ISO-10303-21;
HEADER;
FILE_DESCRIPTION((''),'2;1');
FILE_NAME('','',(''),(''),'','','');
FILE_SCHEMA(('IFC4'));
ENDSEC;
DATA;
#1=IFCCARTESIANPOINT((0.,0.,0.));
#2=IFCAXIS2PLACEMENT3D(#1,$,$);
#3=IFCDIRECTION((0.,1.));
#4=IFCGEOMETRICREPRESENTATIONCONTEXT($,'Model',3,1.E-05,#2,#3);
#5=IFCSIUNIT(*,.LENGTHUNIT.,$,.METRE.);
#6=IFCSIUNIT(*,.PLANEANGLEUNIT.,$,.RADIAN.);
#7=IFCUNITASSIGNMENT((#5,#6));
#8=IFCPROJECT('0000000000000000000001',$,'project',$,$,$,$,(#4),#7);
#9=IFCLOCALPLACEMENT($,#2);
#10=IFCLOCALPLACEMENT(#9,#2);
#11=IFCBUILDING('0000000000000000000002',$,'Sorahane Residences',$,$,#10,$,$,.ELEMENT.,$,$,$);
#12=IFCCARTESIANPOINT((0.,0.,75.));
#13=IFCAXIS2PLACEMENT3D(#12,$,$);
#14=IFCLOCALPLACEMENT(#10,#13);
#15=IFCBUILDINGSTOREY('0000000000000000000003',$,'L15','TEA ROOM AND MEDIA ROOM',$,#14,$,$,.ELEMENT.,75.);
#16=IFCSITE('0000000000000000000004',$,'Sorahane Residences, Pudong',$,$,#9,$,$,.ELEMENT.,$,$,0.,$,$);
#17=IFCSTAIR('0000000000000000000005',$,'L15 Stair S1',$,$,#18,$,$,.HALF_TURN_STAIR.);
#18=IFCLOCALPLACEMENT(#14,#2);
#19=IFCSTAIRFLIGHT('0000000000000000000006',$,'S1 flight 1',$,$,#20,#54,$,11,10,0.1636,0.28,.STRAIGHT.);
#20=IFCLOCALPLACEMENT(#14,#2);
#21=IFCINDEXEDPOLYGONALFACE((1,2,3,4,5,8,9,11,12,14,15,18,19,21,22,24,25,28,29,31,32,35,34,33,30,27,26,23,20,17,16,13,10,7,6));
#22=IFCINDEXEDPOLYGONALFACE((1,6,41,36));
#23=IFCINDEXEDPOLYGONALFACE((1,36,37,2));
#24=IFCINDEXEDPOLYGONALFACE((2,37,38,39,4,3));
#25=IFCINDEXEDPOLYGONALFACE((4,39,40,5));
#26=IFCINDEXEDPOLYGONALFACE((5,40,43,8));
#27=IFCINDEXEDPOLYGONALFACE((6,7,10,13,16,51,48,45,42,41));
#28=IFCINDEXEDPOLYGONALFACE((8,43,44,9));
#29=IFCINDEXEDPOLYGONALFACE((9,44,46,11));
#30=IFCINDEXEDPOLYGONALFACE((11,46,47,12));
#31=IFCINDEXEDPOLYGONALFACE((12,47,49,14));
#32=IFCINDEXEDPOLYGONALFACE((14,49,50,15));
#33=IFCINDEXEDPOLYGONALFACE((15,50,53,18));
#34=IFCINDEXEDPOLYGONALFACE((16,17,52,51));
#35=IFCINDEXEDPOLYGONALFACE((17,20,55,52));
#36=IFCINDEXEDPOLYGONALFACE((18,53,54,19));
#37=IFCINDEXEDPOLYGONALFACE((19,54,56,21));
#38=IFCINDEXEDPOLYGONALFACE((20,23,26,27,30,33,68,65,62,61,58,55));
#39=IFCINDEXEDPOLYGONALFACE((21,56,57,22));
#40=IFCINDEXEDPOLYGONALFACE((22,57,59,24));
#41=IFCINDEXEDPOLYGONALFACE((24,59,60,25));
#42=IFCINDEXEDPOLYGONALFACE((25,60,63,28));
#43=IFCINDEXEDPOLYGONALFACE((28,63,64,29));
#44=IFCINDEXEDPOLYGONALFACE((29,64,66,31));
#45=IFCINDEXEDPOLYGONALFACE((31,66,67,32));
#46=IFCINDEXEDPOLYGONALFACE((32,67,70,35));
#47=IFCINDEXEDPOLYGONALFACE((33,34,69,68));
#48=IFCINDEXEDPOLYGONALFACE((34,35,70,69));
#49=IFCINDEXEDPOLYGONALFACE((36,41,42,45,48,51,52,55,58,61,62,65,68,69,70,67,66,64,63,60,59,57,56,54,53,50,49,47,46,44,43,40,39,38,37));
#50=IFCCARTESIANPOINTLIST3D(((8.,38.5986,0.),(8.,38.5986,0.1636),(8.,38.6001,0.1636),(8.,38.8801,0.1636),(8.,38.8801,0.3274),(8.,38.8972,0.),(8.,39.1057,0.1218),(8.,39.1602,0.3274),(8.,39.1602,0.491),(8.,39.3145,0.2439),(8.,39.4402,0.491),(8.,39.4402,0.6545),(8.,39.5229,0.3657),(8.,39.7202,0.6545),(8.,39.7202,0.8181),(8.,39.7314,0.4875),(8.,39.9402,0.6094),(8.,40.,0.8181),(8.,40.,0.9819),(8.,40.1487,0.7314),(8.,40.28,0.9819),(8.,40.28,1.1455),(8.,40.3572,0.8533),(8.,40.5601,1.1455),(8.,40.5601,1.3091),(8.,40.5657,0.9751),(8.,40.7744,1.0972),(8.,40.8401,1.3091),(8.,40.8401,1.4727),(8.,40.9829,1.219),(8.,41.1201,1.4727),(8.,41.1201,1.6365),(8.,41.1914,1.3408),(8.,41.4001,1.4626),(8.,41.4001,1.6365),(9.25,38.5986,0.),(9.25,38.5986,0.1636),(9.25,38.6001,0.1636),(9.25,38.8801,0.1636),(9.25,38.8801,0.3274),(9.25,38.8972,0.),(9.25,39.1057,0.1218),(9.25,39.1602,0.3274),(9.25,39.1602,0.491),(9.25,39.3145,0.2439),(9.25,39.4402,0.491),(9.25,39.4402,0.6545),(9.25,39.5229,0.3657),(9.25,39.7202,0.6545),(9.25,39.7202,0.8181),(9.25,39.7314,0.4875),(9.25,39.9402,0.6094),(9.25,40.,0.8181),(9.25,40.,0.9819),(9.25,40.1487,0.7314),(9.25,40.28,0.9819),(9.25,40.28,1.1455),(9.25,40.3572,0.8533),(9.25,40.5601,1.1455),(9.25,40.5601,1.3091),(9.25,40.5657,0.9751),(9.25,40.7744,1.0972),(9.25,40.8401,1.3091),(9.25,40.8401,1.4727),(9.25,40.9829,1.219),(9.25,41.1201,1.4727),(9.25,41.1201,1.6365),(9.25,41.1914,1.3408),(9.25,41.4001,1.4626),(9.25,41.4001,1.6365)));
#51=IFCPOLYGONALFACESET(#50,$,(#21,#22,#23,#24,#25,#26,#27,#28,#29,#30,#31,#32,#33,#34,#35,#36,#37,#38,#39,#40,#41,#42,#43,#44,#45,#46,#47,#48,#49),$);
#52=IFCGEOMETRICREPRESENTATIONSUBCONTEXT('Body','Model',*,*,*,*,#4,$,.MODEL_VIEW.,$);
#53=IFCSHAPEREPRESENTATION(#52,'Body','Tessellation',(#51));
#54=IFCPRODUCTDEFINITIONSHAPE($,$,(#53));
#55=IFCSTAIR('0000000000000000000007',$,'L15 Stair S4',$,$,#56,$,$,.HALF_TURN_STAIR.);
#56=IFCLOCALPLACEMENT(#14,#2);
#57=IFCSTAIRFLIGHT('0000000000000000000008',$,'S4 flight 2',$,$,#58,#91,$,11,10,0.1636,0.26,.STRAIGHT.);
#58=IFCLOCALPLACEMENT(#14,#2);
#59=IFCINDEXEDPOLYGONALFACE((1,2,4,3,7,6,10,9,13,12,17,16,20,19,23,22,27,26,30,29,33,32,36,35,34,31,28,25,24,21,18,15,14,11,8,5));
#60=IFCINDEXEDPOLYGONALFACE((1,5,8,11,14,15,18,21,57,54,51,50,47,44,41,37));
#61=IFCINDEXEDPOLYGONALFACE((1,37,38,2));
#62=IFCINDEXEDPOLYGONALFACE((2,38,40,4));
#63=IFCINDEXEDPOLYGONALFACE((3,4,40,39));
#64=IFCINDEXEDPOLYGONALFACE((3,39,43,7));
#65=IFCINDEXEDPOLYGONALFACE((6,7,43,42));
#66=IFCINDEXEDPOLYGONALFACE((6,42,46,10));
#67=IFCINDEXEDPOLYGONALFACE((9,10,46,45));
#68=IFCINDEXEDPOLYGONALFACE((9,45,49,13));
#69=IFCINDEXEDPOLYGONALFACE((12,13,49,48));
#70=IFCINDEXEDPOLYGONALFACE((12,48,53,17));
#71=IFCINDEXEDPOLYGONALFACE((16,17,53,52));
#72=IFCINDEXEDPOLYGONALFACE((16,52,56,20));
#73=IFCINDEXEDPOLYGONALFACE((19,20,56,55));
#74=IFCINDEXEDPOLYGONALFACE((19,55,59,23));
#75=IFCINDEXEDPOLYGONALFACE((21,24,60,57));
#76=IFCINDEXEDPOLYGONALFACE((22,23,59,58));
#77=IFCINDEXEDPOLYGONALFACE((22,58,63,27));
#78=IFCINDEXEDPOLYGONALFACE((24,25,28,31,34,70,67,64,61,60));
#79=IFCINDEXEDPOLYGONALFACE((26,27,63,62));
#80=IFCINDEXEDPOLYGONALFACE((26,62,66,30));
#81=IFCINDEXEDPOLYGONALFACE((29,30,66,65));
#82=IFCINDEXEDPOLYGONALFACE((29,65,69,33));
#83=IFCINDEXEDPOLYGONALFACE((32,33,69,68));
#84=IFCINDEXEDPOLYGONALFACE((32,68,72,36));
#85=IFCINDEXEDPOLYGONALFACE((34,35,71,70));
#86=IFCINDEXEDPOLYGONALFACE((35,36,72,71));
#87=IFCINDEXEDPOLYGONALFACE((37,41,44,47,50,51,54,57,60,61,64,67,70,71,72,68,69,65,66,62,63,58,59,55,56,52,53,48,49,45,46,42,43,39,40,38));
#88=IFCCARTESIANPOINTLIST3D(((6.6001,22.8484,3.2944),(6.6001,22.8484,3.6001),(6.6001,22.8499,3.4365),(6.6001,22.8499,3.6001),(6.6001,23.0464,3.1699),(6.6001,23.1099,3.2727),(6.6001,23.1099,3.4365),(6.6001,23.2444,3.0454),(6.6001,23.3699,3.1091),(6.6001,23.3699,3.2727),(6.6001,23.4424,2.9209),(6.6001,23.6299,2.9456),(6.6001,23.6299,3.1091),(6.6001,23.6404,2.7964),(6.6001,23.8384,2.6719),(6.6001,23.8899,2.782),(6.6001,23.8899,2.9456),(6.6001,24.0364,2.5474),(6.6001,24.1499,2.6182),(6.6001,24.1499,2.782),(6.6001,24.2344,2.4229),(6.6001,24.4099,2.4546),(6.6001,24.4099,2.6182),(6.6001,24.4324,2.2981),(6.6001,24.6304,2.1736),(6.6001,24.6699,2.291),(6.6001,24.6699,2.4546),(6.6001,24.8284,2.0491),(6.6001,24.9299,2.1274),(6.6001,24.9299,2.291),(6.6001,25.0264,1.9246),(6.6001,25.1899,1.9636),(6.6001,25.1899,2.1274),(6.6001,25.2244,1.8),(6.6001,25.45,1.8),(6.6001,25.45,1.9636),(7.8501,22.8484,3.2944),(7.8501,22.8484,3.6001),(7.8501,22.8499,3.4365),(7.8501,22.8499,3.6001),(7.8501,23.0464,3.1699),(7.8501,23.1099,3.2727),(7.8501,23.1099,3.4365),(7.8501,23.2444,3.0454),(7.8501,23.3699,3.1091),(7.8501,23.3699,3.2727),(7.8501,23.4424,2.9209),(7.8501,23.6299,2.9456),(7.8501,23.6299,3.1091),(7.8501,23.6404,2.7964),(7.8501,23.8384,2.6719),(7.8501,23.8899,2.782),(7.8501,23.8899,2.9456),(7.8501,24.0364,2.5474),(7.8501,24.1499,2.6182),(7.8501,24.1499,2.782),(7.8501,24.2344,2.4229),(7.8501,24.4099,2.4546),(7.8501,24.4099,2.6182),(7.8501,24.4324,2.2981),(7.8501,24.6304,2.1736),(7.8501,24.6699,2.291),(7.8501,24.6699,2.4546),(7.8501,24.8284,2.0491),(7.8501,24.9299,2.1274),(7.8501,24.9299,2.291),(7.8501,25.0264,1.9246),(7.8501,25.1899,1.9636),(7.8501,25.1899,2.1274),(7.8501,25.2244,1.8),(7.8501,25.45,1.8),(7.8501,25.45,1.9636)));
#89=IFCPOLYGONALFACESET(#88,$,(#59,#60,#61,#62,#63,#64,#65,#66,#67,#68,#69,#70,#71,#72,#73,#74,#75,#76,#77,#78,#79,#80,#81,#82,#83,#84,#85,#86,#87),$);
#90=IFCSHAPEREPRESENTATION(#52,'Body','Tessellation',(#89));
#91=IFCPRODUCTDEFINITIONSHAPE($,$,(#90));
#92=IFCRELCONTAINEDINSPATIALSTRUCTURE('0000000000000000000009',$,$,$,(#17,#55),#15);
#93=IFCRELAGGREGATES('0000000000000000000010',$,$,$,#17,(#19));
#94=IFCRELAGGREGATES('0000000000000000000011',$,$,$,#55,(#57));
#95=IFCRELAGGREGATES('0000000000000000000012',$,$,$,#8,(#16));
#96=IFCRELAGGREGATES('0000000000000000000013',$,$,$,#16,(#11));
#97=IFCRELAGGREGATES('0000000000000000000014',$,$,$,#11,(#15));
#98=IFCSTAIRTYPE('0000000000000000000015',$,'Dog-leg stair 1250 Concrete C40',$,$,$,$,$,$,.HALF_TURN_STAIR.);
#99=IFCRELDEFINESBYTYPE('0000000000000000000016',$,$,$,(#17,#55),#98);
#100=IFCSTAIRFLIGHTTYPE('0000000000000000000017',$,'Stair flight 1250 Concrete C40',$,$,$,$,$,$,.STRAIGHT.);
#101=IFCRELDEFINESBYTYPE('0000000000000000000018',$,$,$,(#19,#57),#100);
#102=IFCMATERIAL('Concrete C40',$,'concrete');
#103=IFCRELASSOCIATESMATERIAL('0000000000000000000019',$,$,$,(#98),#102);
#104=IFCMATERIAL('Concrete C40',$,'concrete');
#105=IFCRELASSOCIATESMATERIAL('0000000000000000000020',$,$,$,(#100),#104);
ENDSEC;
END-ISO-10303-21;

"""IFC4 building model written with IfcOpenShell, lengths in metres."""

from ifc_helpers import new_model, si_unit, direction, frame, origin, place, context, subcontext, project, spatial, polyline, outline, extrude, material, type_object, element, aggregate, save


model = new_model("IFC4")

# Units and contexts
model_context = context("Model", 3, precision=1e-05, world=origin(), true_north=direction((0.0, 1.0)))
body_context = subcontext(model_context, "Body", "Model", "MODEL_VIEW")
ifc_project = project(units=[si_unit("LENGTHUNIT", "METRE"), si_unit("PLANEANGLEUNIT", "RADIAN")], contexts=[model_context])

# Site, building, storey
site_placement = place(None, origin())
site = spatial("IfcSite", under=ifc_project, at=site_placement, Name="Sorahane Residences, Pudong", CompositionType="ELEMENT", RefElevation=0.0)
building_placement = place(site_placement, origin())
building = spatial("IfcBuilding", under=site, at=building_placement, Name="Sorahane Residences", CompositionType="ELEMENT")
storey_placement = place(building_placement, frame((0.0, 0.0, 75.0)))
storey = spatial("IfcBuildingStorey", under=building, at=storey_placement, Name="L15", Description="TEA ROOM AND MEDIA ROOM", CompositionType="ELEMENT", Elevation=75.0)

# Stairs, stair flights
ifc_material_1 = material(Name="Concrete C40", Category="concrete")
stair_type = type_object("IfcStairType", Name="Dog-leg stair 1250 Concrete C40", PredefinedType="HALF_TURN_STAIR", material=ifc_material_1)
stair_1_placement = place(storey_placement, origin())
stair_1 = element("IfcStair", 1, at=stair_1_placement, inside=storey, type_object=stair_type, Name="L15 Stair S1", PredefinedType="HALF_TURN_STAIR")
ifc_material_2 = material(Name="Concrete C40", Category="concrete")
stair_flight_type = type_object("IfcStairFlightType", Name="Stair flight 1250 Concrete C40", PredefinedType="STRAIGHT", material=ifc_material_2)
stair_flight_1_placement = place(storey_placement, frame((8.625, 38.6001, 0.0), z_axis=(0.0, 0.0, 1.0), x_axis=(0.0, 1.0, 0.0)))
stair_flight_1 = element("IfcStairFlight", 2, at=stair_flight_1_placement, type_object=stair_flight_type, Name="S1 flight 1", NumberOfRisers=11, NumberOfTreads=10, PredefinedType="STRAIGHT", RiserHeight=0.1636, TreadLength=0.28, context=body_context, shape_type="SweptSolid", body=[
    extrude(outline(polyline([(-0.0015, 0.0), (-0.0015, 0.1636), (0.0, 0.1636), (0.28, 0.1636), (0.28, 0.3274), (0.5601, 0.3274), (0.5601, 0.491), (0.8401, 0.491), (0.8401, 0.6545), (1.1201, 0.6545), (1.1201, 0.8181), (1.3999, 0.8181), (1.3999, 0.9819), (1.6799, 0.9819), (1.6799, 1.1455), (1.96, 1.1455), (1.96, 1.3091), (2.24, 1.3091), (2.24, 1.4727), (2.52, 1.4727), (2.52, 1.6365), (2.8, 1.6365), (2.8, 1.8), (2.8, 1.4626), (2.5913, 1.3408), (2.3828, 1.219), (2.1743, 1.0972), (1.9656, 0.9751), (1.7571, 0.8533), (1.5486, 0.7314), (1.3401, 0.6094), (1.1313, 0.4875), (0.9229, 0.3657), (0.7144, 0.2439), (0.5056, 0.1218), (0.2971, 0.0), (-0.0015, 0.0)])), frame((0.0, 0.625, 0.0), z_axis=(0.0, -1.0, 0.0), x_axis=(1.0, 0.0, 0.0)), (0.0, 0.0, 1.0), 1.25),
])
aggregate(stair_1, [stair_flight_1])
stair_2_placement = place(storey_placement, origin())
stair_2 = element("IfcStair", 3, at=stair_2_placement, inside=storey, type_object=stair_type, Name="L15 Stair S4", PredefinedType="HALF_TURN_STAIR")
stair_flight_2_placement = place(storey_placement, frame((7.2251, 25.45, 1.8), z_axis=(0.0, 0.0, 1.0), x_axis=(0.0, -1.0, 0.0)))
stair_flight_2 = element("IfcStairFlight", 4, at=stair_flight_2_placement, type_object=stair_flight_type, Name="S4 flight 2", NumberOfRisers=11, NumberOfTreads=10, PredefinedType="STRAIGHT", RiserHeight=0.1636, TreadLength=0.26, context=body_context, shape_type="SweptSolid", body=[
    extrude(outline(polyline([(0.0, 0.0), (0.0, 0.1636), (0.26, 0.1636), (0.26, 0.3274), (0.52, 0.3274), (0.52, 0.491), (0.78, 0.491), (0.78, 0.6545), (1.04, 0.6545), (1.04, 0.8181), (1.3, 0.8181), (1.3, 0.9819), (1.5601, 0.9819), (1.5601, 1.1455), (1.8201, 1.1455), (1.8201, 1.3091), (2.0801, 1.3091), (2.0801, 1.4727), (2.3401, 1.4727), (2.3401, 1.6365), (2.6001, 1.6365), (2.6001, 1.8), (2.6016, 1.8), (2.6016, 1.4944), (2.4036, 1.3699), (2.2056, 1.2454), (2.0076, 1.1208), (1.8096, 0.9963), (1.6116, 0.8718), (1.4136, 0.7473), (1.2156, 0.6228), (1.0176, 0.498), (0.8196, 0.3735), (0.6216, 0.249), (0.4236, 0.1245), (0.2256, 0.0), (0.0, 0.0)])), frame((0.0, 0.625, 0.0), z_axis=(0.0, -1.0, 0.0), x_axis=(1.0, 0.0, 0.0)), (0.0, 0.0, 1.0), 1.25),
])
aggregate(stair_2, [stair_flight_2])

save(model, "model.ifc")
